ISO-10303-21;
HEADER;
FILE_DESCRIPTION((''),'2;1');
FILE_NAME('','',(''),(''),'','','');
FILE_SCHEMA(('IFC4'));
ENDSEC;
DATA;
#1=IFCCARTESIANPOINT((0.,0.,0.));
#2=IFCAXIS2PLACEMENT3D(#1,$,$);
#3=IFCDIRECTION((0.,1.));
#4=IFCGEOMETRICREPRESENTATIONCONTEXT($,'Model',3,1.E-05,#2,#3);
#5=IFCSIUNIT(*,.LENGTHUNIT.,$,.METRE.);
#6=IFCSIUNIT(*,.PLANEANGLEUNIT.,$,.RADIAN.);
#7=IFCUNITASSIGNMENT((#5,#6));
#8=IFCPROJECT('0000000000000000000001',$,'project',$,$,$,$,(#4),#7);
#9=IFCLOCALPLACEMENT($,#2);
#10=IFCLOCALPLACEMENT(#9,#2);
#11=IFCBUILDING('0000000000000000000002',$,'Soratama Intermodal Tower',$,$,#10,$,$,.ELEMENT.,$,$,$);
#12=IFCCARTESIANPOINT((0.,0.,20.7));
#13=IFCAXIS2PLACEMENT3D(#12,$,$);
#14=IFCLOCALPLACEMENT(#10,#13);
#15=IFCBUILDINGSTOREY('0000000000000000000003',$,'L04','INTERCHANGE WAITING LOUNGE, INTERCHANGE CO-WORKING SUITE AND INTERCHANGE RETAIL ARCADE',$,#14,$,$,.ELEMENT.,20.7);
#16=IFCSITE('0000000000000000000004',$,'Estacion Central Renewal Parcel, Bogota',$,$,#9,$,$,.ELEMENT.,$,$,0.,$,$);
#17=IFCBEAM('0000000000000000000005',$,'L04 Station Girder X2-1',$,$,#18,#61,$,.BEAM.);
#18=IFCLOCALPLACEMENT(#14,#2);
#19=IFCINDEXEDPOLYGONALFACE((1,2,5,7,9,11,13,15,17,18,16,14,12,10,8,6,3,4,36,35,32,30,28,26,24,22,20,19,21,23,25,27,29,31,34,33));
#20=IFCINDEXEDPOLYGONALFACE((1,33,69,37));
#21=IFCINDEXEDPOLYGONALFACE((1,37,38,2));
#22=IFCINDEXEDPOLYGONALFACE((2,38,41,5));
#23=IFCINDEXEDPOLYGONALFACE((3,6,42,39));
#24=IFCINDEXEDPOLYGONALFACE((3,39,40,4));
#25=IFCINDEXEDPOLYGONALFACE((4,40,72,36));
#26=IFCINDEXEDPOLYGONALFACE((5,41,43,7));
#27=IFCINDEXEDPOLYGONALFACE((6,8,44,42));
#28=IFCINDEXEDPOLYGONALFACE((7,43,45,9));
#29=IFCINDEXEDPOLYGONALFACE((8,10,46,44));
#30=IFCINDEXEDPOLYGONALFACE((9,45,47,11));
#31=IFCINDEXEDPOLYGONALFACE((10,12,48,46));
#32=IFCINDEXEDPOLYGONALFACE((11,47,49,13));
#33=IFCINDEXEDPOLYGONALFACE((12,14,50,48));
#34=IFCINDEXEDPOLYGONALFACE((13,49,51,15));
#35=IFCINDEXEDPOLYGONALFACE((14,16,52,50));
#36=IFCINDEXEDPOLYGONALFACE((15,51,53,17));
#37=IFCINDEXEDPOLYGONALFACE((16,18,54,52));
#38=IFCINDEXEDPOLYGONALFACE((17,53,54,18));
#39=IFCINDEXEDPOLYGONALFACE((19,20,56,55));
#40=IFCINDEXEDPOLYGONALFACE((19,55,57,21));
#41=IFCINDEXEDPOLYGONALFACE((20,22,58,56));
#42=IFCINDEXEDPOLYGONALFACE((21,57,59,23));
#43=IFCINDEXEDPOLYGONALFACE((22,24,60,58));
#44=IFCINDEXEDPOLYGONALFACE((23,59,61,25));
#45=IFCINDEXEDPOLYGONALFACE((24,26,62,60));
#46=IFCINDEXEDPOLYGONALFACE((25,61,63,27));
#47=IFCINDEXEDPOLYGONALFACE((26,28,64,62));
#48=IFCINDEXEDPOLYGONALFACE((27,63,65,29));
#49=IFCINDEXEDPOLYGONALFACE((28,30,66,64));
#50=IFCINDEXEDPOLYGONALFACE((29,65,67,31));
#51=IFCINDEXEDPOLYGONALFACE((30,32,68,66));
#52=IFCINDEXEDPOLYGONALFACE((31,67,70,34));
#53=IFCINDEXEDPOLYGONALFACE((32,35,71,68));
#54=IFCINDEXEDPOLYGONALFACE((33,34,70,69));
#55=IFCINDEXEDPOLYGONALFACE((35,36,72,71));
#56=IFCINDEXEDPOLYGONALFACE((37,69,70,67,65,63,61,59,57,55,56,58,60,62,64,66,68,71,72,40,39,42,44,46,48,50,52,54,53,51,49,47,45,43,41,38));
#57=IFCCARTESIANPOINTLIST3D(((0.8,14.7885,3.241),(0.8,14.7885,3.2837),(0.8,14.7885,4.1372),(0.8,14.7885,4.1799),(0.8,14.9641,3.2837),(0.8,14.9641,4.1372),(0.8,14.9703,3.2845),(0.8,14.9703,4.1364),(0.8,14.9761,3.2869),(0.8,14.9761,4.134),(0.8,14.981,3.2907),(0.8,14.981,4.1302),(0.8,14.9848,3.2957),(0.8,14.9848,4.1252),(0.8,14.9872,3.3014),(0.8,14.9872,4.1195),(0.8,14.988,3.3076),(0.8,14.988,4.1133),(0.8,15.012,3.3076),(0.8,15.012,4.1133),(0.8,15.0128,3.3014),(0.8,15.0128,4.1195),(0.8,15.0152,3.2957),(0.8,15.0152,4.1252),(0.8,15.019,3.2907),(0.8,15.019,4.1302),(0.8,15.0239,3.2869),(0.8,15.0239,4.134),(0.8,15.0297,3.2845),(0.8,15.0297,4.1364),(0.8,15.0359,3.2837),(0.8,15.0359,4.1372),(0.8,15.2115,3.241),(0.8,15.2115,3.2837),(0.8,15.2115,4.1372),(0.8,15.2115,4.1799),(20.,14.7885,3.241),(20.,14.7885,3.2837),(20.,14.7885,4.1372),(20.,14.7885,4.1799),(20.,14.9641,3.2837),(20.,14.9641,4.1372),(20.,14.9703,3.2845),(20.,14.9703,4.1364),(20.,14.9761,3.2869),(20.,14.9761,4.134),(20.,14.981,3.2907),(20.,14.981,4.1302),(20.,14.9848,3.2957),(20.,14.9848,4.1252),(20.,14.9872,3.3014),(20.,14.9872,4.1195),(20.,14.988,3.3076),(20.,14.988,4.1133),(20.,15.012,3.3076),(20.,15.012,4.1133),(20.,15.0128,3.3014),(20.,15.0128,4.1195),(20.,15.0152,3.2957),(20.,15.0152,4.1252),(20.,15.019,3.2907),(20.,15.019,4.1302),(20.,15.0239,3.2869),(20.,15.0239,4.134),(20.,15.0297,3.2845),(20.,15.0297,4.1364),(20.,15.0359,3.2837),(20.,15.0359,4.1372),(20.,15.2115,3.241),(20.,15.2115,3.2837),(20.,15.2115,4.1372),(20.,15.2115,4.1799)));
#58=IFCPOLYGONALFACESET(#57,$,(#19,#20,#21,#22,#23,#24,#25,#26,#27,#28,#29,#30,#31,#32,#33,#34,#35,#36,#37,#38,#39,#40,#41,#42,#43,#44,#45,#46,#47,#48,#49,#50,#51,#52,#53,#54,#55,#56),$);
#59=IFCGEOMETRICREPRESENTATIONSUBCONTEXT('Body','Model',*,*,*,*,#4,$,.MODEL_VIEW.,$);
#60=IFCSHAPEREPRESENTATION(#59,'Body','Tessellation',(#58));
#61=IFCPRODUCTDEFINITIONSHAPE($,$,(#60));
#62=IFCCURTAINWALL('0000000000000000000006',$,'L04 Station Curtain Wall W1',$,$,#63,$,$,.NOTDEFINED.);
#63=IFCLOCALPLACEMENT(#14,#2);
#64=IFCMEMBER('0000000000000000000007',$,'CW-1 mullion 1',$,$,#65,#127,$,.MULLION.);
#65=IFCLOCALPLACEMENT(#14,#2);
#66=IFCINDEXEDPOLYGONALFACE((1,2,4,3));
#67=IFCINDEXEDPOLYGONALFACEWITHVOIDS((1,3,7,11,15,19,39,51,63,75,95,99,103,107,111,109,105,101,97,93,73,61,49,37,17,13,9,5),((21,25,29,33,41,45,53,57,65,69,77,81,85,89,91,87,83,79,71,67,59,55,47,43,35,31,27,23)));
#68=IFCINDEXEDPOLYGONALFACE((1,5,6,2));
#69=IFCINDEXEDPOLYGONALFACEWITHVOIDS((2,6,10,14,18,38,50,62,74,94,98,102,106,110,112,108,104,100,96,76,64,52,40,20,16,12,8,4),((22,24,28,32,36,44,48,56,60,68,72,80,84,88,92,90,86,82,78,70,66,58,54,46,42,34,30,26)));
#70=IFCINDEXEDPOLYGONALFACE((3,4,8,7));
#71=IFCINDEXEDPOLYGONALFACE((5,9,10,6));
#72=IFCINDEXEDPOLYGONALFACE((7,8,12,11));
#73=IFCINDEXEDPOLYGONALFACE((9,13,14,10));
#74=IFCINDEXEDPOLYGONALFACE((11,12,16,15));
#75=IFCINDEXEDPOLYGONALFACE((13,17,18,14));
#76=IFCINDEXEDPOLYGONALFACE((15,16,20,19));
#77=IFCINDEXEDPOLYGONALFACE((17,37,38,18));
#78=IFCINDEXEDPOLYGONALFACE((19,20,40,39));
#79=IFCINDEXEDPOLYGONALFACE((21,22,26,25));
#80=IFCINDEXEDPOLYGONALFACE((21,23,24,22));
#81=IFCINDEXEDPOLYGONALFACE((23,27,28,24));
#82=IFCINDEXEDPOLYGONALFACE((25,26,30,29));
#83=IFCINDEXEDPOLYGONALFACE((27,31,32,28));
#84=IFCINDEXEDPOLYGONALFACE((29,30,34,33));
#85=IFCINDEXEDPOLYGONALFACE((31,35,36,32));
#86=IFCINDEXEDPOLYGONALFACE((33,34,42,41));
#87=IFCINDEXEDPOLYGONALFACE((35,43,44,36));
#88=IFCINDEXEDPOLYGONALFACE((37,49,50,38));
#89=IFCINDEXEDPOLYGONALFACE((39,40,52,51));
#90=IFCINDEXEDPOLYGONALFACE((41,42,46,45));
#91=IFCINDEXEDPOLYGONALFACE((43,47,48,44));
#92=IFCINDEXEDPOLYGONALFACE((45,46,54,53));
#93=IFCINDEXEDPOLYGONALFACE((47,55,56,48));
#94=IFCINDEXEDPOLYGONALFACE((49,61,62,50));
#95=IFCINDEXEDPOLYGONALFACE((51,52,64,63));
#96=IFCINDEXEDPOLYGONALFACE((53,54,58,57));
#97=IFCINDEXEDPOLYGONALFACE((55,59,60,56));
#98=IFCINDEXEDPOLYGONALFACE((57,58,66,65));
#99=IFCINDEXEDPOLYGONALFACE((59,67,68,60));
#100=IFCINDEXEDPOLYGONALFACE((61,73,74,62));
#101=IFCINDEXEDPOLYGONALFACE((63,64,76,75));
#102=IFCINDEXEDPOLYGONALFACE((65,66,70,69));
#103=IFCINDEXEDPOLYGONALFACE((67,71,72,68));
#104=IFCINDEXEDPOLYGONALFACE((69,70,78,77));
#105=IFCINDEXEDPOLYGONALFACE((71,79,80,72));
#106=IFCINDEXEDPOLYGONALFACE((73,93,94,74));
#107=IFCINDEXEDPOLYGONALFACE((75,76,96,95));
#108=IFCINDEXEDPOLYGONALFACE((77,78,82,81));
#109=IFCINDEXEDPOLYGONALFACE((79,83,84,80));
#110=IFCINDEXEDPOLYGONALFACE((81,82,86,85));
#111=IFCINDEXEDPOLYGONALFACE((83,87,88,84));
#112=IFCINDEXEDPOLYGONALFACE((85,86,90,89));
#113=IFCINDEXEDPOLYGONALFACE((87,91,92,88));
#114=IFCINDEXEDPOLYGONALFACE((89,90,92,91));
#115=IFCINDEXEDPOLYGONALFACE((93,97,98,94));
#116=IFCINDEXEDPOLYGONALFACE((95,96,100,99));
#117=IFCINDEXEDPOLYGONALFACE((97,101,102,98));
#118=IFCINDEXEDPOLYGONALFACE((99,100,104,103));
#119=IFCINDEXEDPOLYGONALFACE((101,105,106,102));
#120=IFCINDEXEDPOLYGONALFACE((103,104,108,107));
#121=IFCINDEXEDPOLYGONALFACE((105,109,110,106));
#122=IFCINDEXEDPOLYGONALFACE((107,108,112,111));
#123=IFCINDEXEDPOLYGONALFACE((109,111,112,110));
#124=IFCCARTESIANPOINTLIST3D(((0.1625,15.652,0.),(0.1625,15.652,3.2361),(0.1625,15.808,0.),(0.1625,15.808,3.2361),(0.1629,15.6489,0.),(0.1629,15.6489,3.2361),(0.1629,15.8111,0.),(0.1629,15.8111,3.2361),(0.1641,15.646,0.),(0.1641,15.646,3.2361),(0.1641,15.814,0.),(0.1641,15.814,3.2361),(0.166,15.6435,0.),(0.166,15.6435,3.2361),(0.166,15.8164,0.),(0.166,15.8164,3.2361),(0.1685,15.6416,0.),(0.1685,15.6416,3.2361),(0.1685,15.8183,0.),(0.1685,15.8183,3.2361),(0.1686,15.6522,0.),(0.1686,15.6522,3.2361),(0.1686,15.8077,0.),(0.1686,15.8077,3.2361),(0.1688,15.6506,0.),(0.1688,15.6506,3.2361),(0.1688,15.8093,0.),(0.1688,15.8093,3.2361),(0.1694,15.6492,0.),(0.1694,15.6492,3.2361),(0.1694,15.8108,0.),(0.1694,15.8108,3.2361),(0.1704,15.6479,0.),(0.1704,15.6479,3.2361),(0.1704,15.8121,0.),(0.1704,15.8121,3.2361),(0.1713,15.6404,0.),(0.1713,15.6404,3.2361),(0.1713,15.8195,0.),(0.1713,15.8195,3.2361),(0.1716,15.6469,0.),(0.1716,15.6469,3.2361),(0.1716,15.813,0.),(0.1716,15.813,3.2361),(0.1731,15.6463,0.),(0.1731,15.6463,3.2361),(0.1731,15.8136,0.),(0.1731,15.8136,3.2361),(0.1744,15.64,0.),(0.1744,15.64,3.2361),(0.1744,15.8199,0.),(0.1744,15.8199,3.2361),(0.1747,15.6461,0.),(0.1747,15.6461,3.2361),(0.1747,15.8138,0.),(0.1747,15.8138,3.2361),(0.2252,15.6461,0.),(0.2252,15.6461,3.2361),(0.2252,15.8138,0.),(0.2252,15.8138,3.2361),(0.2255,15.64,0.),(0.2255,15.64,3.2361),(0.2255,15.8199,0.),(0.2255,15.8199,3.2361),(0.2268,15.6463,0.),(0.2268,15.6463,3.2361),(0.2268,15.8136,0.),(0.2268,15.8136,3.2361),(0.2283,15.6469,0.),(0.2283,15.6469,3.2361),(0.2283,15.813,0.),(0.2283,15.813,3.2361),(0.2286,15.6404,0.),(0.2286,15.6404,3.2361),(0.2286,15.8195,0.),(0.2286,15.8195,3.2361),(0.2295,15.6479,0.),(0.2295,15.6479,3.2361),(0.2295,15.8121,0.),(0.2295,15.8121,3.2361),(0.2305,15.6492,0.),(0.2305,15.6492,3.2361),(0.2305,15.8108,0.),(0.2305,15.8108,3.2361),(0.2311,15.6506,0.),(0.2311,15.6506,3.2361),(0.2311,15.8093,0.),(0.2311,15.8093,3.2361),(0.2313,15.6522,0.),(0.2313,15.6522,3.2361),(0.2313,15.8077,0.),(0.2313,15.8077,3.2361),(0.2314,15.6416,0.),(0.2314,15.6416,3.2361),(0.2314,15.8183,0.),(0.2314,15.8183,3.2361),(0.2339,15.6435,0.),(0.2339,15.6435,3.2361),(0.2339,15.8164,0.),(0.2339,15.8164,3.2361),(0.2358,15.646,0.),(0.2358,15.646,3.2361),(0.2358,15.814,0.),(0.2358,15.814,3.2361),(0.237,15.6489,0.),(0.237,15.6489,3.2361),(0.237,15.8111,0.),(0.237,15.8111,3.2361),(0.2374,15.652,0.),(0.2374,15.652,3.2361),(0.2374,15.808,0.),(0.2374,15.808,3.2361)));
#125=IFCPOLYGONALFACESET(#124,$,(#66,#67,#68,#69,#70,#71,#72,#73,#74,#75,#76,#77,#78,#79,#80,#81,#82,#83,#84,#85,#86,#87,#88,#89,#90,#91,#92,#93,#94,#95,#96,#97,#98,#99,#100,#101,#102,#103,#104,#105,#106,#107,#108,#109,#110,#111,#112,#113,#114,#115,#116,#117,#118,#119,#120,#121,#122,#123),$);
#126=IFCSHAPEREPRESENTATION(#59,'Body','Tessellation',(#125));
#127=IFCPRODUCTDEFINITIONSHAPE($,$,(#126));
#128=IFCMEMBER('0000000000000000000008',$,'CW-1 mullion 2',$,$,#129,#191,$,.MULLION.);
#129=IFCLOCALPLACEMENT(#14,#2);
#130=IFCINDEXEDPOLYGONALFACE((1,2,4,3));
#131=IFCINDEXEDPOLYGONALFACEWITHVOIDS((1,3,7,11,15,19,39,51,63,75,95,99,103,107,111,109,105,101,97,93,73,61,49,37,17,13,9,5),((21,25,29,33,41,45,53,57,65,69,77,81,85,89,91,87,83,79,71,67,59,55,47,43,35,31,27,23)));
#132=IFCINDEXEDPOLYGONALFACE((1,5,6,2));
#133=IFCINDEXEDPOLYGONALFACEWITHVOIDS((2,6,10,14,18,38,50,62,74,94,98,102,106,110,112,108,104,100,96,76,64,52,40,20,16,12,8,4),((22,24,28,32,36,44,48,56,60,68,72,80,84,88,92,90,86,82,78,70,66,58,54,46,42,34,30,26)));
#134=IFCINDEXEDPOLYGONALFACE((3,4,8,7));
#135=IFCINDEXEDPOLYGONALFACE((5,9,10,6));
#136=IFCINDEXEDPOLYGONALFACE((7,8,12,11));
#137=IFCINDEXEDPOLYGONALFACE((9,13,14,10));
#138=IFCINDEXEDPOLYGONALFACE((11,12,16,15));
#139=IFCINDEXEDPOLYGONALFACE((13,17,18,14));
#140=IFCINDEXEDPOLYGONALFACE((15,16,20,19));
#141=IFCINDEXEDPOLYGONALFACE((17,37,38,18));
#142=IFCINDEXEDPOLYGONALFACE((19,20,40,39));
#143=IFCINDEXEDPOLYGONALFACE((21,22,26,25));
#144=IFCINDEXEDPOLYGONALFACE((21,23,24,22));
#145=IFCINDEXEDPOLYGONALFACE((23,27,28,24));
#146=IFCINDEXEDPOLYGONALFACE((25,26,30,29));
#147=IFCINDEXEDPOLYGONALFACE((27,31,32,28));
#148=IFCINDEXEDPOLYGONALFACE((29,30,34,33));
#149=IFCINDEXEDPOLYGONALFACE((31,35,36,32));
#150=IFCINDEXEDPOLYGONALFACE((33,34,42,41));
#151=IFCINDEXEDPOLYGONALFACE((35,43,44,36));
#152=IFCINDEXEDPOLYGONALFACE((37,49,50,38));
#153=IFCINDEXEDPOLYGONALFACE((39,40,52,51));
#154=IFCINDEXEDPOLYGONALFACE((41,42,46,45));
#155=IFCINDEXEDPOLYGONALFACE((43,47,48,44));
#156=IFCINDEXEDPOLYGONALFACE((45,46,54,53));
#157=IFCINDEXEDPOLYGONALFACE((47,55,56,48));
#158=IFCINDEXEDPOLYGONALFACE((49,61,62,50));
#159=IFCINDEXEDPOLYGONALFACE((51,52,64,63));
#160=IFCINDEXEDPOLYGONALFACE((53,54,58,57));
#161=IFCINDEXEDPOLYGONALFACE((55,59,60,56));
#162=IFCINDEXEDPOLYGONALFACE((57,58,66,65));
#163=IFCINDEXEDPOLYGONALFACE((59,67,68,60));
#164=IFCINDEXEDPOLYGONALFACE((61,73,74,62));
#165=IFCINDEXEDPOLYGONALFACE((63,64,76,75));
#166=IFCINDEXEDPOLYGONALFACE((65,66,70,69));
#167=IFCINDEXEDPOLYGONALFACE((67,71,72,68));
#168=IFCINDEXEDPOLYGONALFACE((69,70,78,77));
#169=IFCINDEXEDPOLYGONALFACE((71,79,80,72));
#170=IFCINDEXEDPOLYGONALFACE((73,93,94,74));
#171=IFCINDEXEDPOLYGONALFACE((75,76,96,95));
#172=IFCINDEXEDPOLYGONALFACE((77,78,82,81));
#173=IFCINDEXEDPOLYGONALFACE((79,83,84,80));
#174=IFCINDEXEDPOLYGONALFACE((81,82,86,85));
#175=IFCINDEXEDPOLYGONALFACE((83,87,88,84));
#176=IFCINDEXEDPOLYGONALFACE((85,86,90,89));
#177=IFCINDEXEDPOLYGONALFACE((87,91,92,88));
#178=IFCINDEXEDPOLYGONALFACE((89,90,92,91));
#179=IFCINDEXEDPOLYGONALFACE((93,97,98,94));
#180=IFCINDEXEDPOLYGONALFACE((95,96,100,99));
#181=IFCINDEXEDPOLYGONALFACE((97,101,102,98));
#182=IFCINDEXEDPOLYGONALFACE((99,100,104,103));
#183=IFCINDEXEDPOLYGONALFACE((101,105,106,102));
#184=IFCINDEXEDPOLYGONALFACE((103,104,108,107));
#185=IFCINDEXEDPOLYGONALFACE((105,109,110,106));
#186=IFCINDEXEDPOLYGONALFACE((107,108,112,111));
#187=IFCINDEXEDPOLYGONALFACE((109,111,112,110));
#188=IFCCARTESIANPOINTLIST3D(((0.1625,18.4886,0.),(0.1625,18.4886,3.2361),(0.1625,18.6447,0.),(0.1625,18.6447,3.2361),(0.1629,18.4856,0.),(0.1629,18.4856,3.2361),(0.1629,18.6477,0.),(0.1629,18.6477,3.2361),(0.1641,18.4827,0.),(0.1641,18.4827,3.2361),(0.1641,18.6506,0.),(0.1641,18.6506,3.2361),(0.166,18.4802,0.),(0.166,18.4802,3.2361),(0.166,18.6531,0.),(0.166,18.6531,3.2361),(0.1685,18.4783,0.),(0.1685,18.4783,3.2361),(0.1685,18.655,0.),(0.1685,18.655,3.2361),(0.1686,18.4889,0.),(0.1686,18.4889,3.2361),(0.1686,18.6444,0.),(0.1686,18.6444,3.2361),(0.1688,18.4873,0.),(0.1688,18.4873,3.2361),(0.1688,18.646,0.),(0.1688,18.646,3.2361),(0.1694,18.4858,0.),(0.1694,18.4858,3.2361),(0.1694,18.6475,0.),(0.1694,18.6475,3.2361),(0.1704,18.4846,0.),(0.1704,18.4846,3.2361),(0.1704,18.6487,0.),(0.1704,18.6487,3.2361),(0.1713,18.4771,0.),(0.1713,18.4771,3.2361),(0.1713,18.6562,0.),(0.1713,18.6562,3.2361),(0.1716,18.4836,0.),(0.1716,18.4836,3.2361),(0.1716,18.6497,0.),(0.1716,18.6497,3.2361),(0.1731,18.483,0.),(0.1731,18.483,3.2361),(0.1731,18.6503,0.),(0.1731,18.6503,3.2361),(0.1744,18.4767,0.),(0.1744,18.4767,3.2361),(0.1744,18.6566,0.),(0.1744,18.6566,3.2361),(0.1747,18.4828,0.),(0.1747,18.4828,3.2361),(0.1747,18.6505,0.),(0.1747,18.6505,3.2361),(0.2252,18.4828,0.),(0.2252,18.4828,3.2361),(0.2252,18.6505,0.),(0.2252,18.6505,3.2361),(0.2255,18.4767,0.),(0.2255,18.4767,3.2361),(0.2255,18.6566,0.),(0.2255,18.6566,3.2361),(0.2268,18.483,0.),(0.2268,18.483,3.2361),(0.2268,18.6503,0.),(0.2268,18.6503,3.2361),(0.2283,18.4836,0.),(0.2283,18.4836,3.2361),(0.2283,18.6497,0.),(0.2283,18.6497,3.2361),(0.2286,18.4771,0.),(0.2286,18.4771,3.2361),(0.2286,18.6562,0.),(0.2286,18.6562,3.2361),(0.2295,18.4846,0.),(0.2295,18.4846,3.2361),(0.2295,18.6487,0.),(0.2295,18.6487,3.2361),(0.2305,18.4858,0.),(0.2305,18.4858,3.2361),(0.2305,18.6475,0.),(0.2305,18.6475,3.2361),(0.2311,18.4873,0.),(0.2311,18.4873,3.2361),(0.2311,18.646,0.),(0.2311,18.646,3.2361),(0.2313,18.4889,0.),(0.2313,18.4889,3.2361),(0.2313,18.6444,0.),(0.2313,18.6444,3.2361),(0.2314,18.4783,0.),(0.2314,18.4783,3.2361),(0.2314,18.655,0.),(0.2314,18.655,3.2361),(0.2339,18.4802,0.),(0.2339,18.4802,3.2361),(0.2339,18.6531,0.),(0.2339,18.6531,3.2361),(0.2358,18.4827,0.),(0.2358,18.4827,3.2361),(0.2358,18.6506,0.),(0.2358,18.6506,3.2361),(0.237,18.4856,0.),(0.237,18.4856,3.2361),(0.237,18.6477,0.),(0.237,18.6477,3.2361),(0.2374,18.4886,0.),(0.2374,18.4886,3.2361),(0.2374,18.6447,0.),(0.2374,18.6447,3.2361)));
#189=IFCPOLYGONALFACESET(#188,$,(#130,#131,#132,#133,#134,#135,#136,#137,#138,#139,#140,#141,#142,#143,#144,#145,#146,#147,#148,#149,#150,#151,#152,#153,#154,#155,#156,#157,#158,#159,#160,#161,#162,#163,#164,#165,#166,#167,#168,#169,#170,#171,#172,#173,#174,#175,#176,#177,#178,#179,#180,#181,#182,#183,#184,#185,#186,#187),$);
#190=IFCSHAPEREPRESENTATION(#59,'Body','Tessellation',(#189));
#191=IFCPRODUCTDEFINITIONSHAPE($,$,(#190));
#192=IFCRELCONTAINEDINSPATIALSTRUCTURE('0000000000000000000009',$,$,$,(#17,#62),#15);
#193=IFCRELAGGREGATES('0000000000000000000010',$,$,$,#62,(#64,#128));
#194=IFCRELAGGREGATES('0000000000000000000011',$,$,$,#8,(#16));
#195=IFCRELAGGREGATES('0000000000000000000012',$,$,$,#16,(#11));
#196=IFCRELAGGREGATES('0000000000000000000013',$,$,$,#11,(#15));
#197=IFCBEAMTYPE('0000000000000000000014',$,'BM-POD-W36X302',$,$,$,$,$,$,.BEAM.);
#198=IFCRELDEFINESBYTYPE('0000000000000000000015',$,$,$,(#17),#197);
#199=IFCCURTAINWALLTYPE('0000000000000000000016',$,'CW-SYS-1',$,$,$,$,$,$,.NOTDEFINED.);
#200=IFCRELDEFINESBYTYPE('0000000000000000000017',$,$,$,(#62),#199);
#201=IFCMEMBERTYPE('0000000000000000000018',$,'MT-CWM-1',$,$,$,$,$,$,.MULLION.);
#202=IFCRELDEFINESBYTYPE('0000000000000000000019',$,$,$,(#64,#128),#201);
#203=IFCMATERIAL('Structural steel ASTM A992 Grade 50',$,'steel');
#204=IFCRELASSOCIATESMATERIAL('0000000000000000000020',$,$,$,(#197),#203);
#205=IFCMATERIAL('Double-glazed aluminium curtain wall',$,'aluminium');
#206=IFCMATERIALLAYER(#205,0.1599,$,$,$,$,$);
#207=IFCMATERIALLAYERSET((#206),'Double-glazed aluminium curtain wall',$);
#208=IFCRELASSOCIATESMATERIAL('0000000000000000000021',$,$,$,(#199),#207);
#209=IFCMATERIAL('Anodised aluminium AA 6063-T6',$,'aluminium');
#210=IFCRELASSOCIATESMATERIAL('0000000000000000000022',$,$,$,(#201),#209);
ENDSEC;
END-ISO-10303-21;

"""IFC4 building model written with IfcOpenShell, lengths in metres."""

from ifc_helpers import new_model, si_unit, direction, frame, origin, origin_2d, place, context, subcontext, project, spatial, hollow_rectangle, i_section, extrude, material, layer, layer_set, material_profile, profile_set, type_object, element, aggregate, save


model = new_model("IFC4")

# Units and contexts
model_context = context("Model", 3, precision=1e-05, world=origin(), true_north=direction((0.0, 1.0)))
body_context = subcontext(model_context, "Body", "Model", "MODEL_VIEW")
ifc_project = project(units=[si_unit("LENGTHUNIT", "METRE"), si_unit("PLANEANGLEUNIT", "RADIAN")], contexts=[model_context])

# Site, building, storey
site_placement = place(None, origin())
site = spatial("IfcSite", under=ifc_project, at=site_placement, Name="Estacion Central Renewal Parcel, Bogota", CompositionType="ELEMENT", RefElevation=0.0)
building_placement = place(site_placement, origin())
building = spatial("IfcBuilding", under=site, at=building_placement, Name="Soratama Intermodal Tower", CompositionType="ELEMENT")
storey_placement = place(building_placement, frame((0.0, 0.0, 20.7)))
storey = spatial("IfcBuildingStorey", under=building, at=storey_placement, Name="L04", Description="INTERCHANGE WAITING LOUNGE, INTERCHANGE CO-WORKING SUITE AND INTERCHANGE RETAIL ARCADE", CompositionType="ELEMENT", Elevation=20.7)

# Beam
ifc_material_1 = material(Name="Structural steel ASTM A992 Grade 50", Category="steel")
ifc_material_profile_1 = material_profile(ifc_material_1, i_section(OverallWidth=0.4231, OverallDepth=0.939, WebThickness=0.0239, FlangeThickness=0.0427, FilletRadius=0.0239, at=origin_2d()), Name="W36X302")
ifc_profile_set_1 = profile_set([ifc_material_profile_1], Name="Structural steel ASTM A992 Grade 50")
beam_type_1 = type_object("IfcBeamType", Name="BM-POD-W36X302", PredefinedType="BEAM", material=ifc_profile_set_1)
beam_1_placement = place(storey_placement, frame((0.8, 15.0, 3.7104), z_axis=(1.0, 0.0, 0.0), x_axis=(0.0, 1.0, 0.0)))
element("IfcBeam", 1, at=beam_1_placement, inside=storey, type_object=beam_type_1, Name="L04 Station Girder X2-1", PredefinedType="BEAM", context=body_context, shape_type="SweptSolid", body=[
    extrude(i_section(OverallWidth=0.4231, OverallDepth=0.939, WebThickness=0.0239, FlangeThickness=0.0427, FilletRadius=0.0239, at=origin_2d()), origin(), (0.0, 0.0, 1.0), 19.2),
])

# Curtain wall, members
ifc_material_2 = material(Name="Double-glazed aluminium curtain wall", Category="aluminium")
ifc_layer_1 = layer(ifc_material_2, 0.1599)
ifc_layer_set_1 = layer_set([ifc_layer_1], Name="Double-glazed aluminium curtain wall")
curtain_wall_type = type_object("IfcCurtainWallType", Name="CW-SYS-1", PredefinedType="NOTDEFINED", material=ifc_layer_set_1)
curtain_wall_placement = place(storey_placement, origin())
curtain_wall = element("IfcCurtainWall", 2, at=curtain_wall_placement, inside=storey, type_object=curtain_wall_type, Name="L04 Station Curtain Wall W1", PredefinedType="NOTDEFINED")
ifc_material_3 = material(Name="Anodised aluminium AA 6063-T6", Category="aluminium")
ifc_material_profile_2 = material_profile(ifc_material_3, hollow_rectangle(XDim=0.075, YDim=0.1799, WallThickness=0.0061, InnerFilletRadius=0.0061, OuterFilletRadius=0.012, at=origin_2d()), Name="CWM180X75X6")
ifc_profile_set_2 = profile_set([ifc_material_profile_2], Name="Anodised aluminium AA 6063-T6")
member_type_1 = type_object("IfcMemberType", Name="MT-CWM-1", PredefinedType="MULLION", material=ifc_profile_set_2)
member_1_placement = place(storey_placement, frame((0.2, 15.73, 0.0), z_axis=(0.0, 0.0, 1.0), x_axis=(-1.0, 0.0, 0.0)))
member_1 = element("IfcMember", 3, at=member_1_placement, type_object=member_type_1, Name="CW-1 mullion 1", PredefinedType="MULLION", context=body_context, shape_type="SweptSolid", body=[
    extrude(hollow_rectangle(XDim=0.075, YDim=0.1799, WallThickness=0.0061, InnerFilletRadius=0.0061, OuterFilletRadius=0.012, at=origin_2d()), origin(), (0.0, 0.0, 1.0), 3.2361),
])
member_2_placement = place(storey_placement, frame((0.2, 18.5667, 0.0), z_axis=(0.0, 0.0, 1.0), x_axis=(-1.0, 0.0, 0.0)))
member_2 = element("IfcMember", 4, at=member_2_placement, type_object=member_type_1, Name="CW-1 mullion 2", PredefinedType="MULLION", context=body_context, shape_type="SweptSolid", body=[
    extrude(hollow_rectangle(XDim=0.075, YDim=0.1799, WallThickness=0.0061, InnerFilletRadius=0.0061, OuterFilletRadius=0.012, at=origin_2d()), origin(), (0.0, 0.0, 1.0), 3.2361),
])
aggregate(curtain_wall, [member_1, member_2])

save(model, "model.ifc")
